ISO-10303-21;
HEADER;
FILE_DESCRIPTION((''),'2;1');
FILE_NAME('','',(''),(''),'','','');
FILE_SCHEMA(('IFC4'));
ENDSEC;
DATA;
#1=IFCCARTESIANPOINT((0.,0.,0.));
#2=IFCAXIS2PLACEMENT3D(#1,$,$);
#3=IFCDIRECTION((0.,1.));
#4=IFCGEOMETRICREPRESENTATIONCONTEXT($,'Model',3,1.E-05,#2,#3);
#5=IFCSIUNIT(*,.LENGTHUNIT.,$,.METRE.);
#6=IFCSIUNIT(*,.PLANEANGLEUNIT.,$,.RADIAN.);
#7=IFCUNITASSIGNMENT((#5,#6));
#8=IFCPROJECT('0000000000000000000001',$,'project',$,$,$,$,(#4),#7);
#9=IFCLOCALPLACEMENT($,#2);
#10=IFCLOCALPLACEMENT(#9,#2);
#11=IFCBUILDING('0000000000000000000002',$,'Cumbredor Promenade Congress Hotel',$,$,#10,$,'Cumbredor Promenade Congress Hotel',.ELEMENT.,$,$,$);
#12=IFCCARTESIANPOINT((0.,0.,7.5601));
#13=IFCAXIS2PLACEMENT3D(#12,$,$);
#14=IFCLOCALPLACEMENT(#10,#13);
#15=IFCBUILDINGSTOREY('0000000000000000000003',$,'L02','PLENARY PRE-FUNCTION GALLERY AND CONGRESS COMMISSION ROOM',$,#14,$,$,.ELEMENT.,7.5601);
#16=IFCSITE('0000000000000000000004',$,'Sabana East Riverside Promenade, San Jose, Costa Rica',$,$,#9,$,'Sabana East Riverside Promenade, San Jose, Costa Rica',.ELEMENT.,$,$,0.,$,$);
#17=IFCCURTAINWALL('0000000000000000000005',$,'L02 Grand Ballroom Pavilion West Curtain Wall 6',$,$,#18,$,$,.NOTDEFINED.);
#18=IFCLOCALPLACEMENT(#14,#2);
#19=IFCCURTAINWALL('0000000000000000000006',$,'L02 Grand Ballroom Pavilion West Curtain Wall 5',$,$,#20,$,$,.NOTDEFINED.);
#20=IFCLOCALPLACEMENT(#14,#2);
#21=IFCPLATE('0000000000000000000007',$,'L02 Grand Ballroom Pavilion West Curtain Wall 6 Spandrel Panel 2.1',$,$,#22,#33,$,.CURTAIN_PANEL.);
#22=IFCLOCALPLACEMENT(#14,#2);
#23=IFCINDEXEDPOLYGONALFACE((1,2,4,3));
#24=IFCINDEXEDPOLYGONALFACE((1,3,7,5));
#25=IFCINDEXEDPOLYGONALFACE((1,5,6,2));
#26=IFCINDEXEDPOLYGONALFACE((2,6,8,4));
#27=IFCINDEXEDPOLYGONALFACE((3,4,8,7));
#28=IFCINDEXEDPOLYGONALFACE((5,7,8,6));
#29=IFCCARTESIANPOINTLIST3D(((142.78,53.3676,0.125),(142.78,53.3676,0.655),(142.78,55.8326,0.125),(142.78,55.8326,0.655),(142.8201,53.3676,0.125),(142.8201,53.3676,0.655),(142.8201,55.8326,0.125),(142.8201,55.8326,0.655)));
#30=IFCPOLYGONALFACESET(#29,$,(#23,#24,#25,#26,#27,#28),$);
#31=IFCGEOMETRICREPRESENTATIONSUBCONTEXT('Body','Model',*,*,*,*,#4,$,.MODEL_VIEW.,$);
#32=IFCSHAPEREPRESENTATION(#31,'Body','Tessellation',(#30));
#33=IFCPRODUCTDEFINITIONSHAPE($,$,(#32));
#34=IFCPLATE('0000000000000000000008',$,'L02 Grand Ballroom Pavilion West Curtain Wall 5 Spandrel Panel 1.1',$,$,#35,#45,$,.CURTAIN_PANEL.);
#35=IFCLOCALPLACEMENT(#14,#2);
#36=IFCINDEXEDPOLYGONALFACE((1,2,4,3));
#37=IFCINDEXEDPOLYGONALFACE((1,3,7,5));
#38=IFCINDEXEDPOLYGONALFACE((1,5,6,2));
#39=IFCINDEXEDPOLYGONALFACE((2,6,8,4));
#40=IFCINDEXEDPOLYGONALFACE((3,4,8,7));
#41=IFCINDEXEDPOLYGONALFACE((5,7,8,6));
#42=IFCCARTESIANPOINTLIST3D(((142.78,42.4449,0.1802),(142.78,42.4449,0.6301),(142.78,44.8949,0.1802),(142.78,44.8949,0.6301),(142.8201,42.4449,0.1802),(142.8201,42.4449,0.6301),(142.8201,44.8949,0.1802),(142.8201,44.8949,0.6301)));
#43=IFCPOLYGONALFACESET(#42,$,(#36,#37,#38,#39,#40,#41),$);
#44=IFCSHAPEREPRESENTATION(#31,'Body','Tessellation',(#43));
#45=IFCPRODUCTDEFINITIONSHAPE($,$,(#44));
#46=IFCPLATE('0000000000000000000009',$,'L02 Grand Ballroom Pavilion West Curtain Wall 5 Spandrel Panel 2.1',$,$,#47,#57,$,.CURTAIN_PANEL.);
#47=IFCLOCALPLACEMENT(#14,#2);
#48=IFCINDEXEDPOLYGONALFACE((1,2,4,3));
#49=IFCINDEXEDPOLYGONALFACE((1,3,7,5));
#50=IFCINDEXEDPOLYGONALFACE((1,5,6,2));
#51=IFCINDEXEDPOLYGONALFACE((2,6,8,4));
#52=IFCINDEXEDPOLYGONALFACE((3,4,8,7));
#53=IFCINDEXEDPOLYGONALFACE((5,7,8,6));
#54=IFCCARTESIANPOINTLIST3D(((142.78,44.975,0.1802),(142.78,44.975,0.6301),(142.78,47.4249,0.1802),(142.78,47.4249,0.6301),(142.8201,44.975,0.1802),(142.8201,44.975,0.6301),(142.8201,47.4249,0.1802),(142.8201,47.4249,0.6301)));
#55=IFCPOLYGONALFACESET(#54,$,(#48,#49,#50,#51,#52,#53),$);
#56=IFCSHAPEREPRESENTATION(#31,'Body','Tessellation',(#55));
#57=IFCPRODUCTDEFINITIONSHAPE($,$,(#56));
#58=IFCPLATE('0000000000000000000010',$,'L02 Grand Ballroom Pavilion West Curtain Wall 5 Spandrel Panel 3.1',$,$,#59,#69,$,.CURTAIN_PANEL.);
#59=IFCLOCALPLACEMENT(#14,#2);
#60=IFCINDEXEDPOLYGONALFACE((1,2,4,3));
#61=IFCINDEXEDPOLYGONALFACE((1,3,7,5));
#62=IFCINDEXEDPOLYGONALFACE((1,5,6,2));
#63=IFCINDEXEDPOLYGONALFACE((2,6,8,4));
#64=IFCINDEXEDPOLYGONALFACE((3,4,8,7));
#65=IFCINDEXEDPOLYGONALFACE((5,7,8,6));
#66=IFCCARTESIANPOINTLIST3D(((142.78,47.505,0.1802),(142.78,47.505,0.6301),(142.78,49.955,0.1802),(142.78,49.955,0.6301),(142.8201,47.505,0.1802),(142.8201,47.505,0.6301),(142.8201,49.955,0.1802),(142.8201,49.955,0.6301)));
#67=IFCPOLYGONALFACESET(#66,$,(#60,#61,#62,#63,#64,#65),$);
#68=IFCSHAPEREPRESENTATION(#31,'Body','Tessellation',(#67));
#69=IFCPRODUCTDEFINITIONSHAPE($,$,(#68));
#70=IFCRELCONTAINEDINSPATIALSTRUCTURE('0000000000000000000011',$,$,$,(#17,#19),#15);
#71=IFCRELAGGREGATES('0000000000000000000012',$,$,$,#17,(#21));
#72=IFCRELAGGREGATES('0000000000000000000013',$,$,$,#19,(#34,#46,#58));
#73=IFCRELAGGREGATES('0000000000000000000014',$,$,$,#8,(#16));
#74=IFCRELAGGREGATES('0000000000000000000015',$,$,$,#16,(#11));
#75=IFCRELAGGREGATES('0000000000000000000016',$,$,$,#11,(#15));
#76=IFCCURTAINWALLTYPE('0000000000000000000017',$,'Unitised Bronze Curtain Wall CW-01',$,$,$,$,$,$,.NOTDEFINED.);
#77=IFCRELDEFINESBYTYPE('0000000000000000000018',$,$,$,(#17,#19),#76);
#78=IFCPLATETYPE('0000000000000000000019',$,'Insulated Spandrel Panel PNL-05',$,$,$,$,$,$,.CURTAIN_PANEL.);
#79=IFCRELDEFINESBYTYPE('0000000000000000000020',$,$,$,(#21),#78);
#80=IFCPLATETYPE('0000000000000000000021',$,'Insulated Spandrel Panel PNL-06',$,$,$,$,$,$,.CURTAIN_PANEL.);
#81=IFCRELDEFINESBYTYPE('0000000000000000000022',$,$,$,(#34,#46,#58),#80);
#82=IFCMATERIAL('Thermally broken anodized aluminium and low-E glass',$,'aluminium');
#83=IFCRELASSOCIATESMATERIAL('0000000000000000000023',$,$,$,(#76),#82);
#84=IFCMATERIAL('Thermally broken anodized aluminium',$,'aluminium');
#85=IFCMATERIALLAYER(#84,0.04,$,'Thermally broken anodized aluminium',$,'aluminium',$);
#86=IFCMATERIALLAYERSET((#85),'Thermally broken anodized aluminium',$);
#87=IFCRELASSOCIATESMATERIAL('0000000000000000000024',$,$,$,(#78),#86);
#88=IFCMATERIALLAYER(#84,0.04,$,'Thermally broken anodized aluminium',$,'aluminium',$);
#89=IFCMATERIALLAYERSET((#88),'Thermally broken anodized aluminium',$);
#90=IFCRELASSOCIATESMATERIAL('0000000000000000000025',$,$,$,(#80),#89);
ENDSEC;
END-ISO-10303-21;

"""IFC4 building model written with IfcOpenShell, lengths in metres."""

from ifc_helpers import new_model, si_unit, direction, frame, origin, origin_2d, place, context, subcontext, project, spatial, rectangle, extrude, material, layer, layer_set, type_object, element, aggregate, save


model = new_model("IFC4")

# Units and contexts
model_context = context("Model", 3, precision=1e-05, world=origin(), true_north=direction((0.0, 1.0)))
body_context = subcontext(model_context, "Body", "Model", "MODEL_VIEW")
ifc_project = project(units=[si_unit("LENGTHUNIT", "METRE"), si_unit("PLANEANGLEUNIT", "RADIAN")], contexts=[model_context])

# Site, building, storey
site_placement = place(None, origin())
site = spatial("IfcSite", under=ifc_project, at=site_placement, Name="Sabana East Riverside Promenade, San Jose, Costa Rica", LongName="Sabana East Riverside Promenade, San Jose, Costa Rica", CompositionType="ELEMENT", RefElevation=0.0)
building_placement = place(site_placement, origin())
building = spatial("IfcBuilding", under=site, at=building_placement, Name="Cumbredor Promenade Congress Hotel", LongName="Cumbredor Promenade Congress Hotel", CompositionType="ELEMENT")
storey_placement = place(building_placement, frame((0.0, 0.0, 7.5601)))
storey = spatial("IfcBuildingStorey", under=building, at=storey_placement, Name="L02", Description="PLENARY PRE-FUNCTION GALLERY AND CONGRESS COMMISSION ROOM", CompositionType="ELEMENT", Elevation=7.5601)

# Curtain walls
ifc_material_1 = material(Name="Thermally broken anodized aluminium and low-E glass", Category="aluminium")
curtain_wall_type = type_object("IfcCurtainWallType", Name="Unitised Bronze Curtain Wall CW-01", PredefinedType="NOTDEFINED", material=ifc_material_1)
curtain_wall_1_placement = place(storey_placement, origin())
curtain_wall_1 = element("IfcCurtainWall", 1, at=curtain_wall_1_placement, inside=storey, type_object=curtain_wall_type, Name="L02 Grand Ballroom Pavilion West Curtain Wall 6", PredefinedType="NOTDEFINED")
ifc_material_2 = material(Name="Thermally broken anodized aluminium", Category="aluminium")
curtain_wall_2_placement = place(storey_placement, origin())
curtain_wall_2 = element("IfcCurtainWall", 2, at=curtain_wall_2_placement, inside=storey, type_object=curtain_wall_type, Name="L02 Grand Ballroom Pavilion West Curtain Wall 5", PredefinedType="NOTDEFINED")

# Plates
ifc_layer_1 = layer(ifc_material_2, 0.04, Name="Thermally broken anodized aluminium", Category="aluminium")
ifc_layer_set_1 = layer_set([ifc_layer_1], Name="Thermally broken anodized aluminium")
plate_type_1 = type_object("IfcPlateType", Name="Insulated Spandrel Panel PNL-05", PredefinedType="CURTAIN_PANEL", material=ifc_layer_set_1)
plate_1_placement = place(storey_placement, frame((142.8, 54.6001, 0.125), z_axis=(0.0, 0.0, 1.0), x_axis=(0.0, 1.0, 0.0)))
plate_1 = element("IfcPlate", 3, at=plate_1_placement, type_object=plate_type_1, Name="L02 Grand Ballroom Pavilion West Curtain Wall 6 Spandrel Panel 2.1", PredefinedType="CURTAIN_PANEL", context=body_context, shape_type="SweptSolid", body=[
    extrude(rectangle(XDim=2.4651, YDim=0.04, at=origin_2d()), origin(), (0.0, 0.0, 1.0), 0.53),
])
aggregate(curtain_wall_1, [plate_1])
ifc_layer_2 = layer(ifc_material_2, 0.04, Name="Thermally broken anodized aluminium", Category="aluminium")
ifc_layer_set_2 = layer_set([ifc_layer_2], Name="Thermally broken anodized aluminium")
plate_type_2 = type_object("IfcPlateType", Name="Insulated Spandrel Panel PNL-06", PredefinedType="CURTAIN_PANEL", material=ifc_layer_set_2)
plate_2_placement = place(storey_placement, frame((142.8, 43.6699, 0.1802), z_axis=(0.0, 0.0, 1.0), x_axis=(0.0, 1.0, 0.0)))
plate_2 = element("IfcPlate", 4, at=plate_2_placement, type_object=plate_type_2, Name="L02 Grand Ballroom Pavilion West Curtain Wall 5 Spandrel Panel 1.1", PredefinedType="CURTAIN_PANEL", context=body_context, shape_type="SweptSolid", body=[
    extrude(rectangle(XDim=2.45, YDim=0.04, at=origin_2d()), origin(), (0.0, 0.0, 1.0), 0.45),
])
plate_3_placement = place(storey_placement, frame((142.8, 46.2, 0.1802), z_axis=(0.0, 0.0, 1.0), x_axis=(0.0, 1.0, 0.0)))
plate_3 = element("IfcPlate", 5, at=plate_3_placement, type_object=plate_type_2, Name="L02 Grand Ballroom Pavilion West Curtain Wall 5 Spandrel Panel 2.1", PredefinedType="CURTAIN_PANEL", context=body_context, shape_type="SweptSolid", body=[
    extrude(rectangle(XDim=2.45, YDim=0.04, at=origin_2d()), origin(), (0.0, 0.0, 1.0), 0.45),
])
plate_4_placement = place(storey_placement, frame((142.8, 48.73, 0.1802), z_axis=(0.0, 0.0, 1.0), x_axis=(0.0, 1.0, 0.0)))
plate_4 = element("IfcPlate", 6, at=plate_4_placement, type_object=plate_type_2, Name="L02 Grand Ballroom Pavilion West Curtain Wall 5 Spandrel Panel 3.1", PredefinedType="CURTAIN_PANEL", context=body_context, shape_type="SweptSolid", body=[
    extrude(rectangle(XDim=2.45, YDim=0.04, at=origin_2d()), origin(), (0.0, 0.0, 1.0), 0.45),
])
aggregate(curtain_wall_2, [plate_2, plate_3, plate_4])

save(model, "model.ifc")
